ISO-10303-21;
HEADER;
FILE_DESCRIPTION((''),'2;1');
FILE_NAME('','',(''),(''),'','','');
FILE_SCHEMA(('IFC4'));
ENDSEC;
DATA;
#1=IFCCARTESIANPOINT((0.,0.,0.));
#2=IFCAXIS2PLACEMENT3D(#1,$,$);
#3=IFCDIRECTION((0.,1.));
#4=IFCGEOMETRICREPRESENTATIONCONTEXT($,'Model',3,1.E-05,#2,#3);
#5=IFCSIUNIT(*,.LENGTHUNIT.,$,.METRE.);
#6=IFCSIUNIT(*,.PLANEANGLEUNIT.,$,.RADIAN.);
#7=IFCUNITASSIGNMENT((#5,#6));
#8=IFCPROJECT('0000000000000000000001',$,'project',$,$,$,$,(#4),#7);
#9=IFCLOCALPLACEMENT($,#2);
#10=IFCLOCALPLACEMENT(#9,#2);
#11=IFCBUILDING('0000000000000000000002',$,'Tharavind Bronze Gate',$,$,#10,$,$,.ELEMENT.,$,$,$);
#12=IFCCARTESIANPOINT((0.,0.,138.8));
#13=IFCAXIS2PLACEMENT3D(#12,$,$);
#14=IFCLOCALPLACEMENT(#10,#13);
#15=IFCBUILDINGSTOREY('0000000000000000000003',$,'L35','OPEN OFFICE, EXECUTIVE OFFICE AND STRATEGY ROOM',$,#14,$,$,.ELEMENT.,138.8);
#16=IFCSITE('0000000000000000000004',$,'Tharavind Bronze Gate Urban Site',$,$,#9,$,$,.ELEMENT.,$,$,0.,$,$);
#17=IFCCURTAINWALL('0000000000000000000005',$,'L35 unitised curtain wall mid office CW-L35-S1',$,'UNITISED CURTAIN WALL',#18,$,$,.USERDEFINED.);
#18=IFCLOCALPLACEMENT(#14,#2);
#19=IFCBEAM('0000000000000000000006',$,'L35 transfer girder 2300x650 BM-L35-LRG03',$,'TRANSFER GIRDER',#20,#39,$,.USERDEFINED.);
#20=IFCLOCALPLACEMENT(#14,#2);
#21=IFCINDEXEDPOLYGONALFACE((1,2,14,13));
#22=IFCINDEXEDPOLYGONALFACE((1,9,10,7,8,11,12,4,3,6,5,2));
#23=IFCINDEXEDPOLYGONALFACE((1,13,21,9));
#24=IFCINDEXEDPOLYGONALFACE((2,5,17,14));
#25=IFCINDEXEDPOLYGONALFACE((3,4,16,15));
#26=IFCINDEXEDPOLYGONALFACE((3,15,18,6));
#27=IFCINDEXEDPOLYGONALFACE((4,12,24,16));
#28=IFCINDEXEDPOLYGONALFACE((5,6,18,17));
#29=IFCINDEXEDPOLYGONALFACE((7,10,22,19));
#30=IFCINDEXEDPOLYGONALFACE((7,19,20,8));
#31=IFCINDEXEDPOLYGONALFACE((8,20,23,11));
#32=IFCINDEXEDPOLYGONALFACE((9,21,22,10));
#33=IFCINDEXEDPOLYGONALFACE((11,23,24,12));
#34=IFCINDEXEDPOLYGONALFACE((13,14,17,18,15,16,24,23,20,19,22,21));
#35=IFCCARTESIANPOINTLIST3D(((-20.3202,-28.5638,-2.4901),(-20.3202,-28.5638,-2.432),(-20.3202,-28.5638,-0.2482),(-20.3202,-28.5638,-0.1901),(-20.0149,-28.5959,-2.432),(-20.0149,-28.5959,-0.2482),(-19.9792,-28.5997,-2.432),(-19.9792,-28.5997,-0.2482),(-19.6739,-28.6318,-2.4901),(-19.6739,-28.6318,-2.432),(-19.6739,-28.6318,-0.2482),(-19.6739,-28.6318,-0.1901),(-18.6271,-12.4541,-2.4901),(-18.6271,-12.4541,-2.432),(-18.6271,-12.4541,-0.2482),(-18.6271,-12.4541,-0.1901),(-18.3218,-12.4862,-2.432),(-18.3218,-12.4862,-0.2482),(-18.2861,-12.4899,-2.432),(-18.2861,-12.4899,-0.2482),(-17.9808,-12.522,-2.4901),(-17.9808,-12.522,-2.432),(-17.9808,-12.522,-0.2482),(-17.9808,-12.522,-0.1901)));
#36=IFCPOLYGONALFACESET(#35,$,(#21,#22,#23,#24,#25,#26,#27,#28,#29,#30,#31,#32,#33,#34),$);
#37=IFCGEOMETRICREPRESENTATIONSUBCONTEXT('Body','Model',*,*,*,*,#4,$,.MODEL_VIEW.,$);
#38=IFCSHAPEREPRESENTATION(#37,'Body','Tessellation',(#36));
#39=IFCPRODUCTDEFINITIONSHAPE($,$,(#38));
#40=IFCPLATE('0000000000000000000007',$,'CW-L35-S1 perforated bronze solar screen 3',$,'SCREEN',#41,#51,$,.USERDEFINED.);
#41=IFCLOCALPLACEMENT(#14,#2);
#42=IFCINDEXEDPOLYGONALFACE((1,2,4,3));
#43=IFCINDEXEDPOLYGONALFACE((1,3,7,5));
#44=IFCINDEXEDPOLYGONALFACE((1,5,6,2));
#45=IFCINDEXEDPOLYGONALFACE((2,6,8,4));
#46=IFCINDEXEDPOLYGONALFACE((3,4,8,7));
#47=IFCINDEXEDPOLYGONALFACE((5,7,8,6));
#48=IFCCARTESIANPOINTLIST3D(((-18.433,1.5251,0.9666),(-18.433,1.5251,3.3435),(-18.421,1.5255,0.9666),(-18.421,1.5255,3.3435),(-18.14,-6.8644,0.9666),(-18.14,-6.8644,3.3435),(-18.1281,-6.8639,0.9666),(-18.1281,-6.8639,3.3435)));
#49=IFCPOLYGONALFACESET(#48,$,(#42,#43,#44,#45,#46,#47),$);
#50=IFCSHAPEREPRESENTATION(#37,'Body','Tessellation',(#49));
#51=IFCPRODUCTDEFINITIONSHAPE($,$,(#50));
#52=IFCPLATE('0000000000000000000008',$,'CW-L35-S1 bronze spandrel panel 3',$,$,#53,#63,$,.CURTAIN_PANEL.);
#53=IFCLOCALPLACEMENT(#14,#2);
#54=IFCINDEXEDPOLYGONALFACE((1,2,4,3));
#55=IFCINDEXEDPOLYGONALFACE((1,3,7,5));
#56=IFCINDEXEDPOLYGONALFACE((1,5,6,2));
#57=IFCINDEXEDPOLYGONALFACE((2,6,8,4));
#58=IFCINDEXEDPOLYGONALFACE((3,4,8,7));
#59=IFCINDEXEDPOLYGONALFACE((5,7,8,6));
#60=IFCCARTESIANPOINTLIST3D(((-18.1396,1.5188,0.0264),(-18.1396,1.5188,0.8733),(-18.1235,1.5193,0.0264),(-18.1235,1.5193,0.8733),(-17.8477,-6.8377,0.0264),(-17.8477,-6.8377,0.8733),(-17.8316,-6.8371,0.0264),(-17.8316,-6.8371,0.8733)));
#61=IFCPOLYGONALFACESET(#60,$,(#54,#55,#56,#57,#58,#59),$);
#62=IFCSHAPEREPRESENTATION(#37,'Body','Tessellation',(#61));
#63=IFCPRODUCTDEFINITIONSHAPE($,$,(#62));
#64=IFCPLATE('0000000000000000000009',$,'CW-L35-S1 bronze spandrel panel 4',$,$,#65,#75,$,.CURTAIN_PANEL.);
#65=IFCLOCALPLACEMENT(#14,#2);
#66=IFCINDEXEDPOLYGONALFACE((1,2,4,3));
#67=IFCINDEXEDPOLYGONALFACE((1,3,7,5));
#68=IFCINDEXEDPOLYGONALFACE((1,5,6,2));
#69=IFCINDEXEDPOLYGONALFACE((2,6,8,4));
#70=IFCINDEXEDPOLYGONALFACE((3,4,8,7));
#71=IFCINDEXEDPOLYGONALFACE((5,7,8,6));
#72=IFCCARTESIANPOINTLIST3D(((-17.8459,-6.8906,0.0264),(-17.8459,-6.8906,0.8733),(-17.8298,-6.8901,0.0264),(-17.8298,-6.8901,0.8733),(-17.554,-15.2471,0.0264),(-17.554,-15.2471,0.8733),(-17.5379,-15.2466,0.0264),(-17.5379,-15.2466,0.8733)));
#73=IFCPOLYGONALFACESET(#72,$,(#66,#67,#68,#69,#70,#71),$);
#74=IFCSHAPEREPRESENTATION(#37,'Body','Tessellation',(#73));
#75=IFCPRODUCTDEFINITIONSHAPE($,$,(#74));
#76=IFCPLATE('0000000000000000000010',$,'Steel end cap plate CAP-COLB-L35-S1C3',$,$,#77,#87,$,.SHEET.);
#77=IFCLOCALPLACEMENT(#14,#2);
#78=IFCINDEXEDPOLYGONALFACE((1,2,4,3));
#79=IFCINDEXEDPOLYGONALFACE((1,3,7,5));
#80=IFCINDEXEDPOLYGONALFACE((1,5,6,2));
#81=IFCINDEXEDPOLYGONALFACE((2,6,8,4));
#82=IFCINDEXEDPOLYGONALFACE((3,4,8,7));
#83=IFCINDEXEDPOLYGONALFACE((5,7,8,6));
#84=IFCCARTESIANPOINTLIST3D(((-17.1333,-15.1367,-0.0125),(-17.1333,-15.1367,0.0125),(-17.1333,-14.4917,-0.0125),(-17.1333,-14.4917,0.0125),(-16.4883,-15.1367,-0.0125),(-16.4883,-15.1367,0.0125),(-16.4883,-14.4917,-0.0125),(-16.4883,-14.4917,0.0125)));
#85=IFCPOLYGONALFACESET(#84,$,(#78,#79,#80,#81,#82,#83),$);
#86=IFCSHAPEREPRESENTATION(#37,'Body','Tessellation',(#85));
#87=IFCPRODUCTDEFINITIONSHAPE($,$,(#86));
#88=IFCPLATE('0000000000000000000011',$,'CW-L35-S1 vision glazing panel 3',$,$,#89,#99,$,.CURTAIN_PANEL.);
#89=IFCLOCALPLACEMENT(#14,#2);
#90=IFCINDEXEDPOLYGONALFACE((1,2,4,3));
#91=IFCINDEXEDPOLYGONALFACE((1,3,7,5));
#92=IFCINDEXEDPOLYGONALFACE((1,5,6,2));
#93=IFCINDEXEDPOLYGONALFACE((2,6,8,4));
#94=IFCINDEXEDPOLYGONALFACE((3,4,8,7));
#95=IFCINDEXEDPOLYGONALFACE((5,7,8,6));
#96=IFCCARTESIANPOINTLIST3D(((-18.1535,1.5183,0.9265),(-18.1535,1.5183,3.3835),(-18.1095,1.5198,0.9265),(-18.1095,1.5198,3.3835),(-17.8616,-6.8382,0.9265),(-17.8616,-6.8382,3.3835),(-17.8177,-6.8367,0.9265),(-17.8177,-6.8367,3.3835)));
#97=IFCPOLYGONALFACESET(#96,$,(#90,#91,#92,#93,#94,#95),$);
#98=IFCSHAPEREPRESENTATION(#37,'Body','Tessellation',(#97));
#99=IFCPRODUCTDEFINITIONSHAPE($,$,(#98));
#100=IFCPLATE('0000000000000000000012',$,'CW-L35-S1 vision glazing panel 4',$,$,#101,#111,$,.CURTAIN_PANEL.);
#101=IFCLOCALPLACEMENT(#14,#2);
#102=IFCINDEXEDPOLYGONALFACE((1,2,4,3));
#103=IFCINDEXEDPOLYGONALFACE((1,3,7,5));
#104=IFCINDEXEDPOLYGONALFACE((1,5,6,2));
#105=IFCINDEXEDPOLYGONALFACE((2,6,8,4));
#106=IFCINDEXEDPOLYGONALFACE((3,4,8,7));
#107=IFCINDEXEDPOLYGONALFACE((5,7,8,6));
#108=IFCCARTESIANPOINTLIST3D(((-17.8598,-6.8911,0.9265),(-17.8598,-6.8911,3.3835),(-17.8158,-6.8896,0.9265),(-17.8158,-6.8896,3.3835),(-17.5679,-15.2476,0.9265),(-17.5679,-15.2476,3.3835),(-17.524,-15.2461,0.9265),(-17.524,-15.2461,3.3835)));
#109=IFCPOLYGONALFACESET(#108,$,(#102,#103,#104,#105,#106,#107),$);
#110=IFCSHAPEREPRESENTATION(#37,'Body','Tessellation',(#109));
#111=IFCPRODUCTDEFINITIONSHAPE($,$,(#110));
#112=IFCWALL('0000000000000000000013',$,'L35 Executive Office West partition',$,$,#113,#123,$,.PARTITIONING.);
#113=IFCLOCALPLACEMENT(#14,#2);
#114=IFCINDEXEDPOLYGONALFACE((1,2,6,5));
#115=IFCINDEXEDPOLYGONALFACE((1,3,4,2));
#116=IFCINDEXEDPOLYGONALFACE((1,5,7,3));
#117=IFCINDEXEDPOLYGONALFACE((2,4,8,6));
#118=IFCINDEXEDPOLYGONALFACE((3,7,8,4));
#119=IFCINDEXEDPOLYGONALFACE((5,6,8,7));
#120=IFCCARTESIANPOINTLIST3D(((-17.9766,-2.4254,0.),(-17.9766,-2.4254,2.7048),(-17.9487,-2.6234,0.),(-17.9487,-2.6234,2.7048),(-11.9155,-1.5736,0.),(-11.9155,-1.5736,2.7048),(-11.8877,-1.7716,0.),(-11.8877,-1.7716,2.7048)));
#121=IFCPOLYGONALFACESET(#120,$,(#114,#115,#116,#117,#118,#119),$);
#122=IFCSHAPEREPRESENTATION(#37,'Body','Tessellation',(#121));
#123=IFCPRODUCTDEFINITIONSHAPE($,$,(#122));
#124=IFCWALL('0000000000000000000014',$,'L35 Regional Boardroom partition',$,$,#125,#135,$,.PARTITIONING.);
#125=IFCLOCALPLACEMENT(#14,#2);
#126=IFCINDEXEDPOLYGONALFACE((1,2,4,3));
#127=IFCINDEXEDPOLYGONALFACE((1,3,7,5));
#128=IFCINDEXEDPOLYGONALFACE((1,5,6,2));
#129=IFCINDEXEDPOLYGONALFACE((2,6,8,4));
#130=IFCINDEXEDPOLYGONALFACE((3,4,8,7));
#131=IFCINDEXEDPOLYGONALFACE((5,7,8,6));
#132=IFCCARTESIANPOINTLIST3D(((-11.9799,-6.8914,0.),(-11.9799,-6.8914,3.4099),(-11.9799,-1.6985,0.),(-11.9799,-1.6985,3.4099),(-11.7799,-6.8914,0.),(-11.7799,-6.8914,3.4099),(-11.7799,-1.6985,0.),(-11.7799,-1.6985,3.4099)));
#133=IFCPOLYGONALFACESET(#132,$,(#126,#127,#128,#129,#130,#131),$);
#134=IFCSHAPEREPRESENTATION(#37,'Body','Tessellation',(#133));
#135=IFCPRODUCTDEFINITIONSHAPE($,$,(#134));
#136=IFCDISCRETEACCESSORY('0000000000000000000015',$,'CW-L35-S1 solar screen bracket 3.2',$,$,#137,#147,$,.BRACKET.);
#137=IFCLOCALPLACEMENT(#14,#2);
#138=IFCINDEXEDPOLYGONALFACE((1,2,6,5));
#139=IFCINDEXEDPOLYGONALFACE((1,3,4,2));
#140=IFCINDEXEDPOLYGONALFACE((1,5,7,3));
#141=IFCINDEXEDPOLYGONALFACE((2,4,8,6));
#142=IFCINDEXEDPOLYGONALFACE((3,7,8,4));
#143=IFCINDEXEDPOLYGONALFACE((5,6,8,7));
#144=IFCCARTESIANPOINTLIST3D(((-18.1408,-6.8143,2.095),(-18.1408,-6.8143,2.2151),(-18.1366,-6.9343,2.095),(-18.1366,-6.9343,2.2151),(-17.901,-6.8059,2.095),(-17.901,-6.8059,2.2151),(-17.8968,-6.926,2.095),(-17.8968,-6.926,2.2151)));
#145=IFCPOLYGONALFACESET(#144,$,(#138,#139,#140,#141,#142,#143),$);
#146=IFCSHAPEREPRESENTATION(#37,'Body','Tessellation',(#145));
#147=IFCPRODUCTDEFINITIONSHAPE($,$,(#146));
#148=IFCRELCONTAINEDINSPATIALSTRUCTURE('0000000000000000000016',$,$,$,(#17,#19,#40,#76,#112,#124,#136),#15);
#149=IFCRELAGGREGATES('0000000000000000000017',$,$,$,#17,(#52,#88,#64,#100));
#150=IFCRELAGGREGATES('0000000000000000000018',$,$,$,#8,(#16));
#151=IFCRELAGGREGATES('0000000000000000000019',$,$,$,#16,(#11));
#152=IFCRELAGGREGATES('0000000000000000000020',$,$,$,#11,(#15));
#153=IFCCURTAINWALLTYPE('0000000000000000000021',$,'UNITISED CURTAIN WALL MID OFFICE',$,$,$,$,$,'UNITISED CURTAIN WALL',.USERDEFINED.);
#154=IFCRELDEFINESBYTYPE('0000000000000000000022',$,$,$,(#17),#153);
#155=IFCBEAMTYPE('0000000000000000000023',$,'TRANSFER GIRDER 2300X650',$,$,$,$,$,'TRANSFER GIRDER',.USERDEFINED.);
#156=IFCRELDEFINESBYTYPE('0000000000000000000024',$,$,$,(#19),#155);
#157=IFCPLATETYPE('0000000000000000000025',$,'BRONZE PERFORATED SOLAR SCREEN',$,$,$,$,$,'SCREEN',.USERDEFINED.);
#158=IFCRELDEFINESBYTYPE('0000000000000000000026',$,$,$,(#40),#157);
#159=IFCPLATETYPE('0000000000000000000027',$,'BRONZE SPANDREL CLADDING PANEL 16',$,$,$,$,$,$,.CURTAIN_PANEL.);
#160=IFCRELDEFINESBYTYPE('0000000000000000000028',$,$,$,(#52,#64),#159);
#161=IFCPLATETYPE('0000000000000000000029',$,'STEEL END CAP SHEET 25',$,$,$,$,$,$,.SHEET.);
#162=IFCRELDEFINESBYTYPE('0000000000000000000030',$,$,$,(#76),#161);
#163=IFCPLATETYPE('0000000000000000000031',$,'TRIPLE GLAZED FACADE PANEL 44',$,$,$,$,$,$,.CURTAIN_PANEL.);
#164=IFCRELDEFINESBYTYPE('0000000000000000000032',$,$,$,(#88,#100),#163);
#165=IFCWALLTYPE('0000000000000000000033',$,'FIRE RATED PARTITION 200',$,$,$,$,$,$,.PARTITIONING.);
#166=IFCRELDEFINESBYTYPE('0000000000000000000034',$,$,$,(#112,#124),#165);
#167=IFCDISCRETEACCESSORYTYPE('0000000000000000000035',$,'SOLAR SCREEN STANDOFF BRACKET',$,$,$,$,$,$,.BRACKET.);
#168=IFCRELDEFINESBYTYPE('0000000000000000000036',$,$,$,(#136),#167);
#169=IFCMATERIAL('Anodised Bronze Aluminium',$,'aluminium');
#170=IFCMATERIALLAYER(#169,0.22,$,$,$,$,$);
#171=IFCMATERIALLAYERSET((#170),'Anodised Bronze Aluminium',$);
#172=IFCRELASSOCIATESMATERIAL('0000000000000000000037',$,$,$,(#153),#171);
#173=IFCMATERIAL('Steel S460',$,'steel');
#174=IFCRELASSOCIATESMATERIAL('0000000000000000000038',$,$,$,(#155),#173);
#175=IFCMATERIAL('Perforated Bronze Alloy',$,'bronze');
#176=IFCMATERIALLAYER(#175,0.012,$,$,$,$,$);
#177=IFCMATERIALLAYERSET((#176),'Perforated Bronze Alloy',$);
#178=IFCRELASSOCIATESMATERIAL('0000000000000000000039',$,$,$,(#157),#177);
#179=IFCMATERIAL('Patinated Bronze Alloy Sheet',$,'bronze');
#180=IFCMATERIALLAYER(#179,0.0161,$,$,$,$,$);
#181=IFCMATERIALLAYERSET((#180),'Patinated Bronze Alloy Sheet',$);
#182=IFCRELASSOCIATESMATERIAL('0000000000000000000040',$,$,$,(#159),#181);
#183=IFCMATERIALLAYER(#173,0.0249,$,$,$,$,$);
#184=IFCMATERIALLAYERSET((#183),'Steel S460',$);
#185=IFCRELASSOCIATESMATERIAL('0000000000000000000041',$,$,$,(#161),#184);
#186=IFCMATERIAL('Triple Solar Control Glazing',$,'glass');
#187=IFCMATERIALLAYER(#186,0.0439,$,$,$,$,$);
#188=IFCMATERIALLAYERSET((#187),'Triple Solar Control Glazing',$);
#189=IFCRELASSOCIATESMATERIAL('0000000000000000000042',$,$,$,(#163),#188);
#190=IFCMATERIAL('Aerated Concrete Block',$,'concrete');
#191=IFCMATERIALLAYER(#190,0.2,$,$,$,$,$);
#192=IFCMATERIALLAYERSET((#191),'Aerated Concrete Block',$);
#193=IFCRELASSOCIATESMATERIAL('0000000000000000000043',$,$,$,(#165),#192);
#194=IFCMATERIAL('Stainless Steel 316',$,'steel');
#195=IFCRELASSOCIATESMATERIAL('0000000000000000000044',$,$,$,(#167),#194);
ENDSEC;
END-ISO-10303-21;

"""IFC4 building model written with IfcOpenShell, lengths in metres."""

from ifc_helpers import new_model, si_unit, direction, frame, frame_2d, origin, origin_2d, place, context, subcontext, project, spatial, rectangle, i_section, extrude, material, layer, layer_set, material_profile, profile_set, type_object, element, aggregate, save


model = new_model("IFC4")

# Units and contexts
model_context = context("Model", 3, precision=1e-05, world=origin(), true_north=direction((0.0, 1.0)))
body_context = subcontext(model_context, "Body", "Model", "MODEL_VIEW")
ifc_project = project(units=[si_unit("LENGTHUNIT", "METRE"), si_unit("PLANEANGLEUNIT", "RADIAN")], contexts=[model_context])

# Site, building, storey
site_placement = place(None, origin())
site = spatial("IfcSite", under=ifc_project, at=site_placement, Name="Tharavind Bronze Gate Urban Site", CompositionType="ELEMENT", RefElevation=0.0)
building_placement = place(site_placement, origin())
building = spatial("IfcBuilding", under=site, at=building_placement, Name="Tharavind Bronze Gate", CompositionType="ELEMENT")
storey_placement = place(building_placement, frame((0.0, 0.0, 138.8)))
storey = spatial("IfcBuildingStorey", under=building, at=storey_placement, Name="L35", Description="OPEN OFFICE, EXECUTIVE OFFICE AND STRATEGY ROOM", CompositionType="ELEMENT", Elevation=138.8)

# Shared definitions
ifc_material_1 = material(Name="Steel S460", Category="steel")

# Curtain wall
ifc_material_2 = material(Name="Anodised Bronze Aluminium", Category="aluminium")
ifc_layer_1 = layer(ifc_material_2, 0.22)
ifc_layer_set_1 = layer_set([ifc_layer_1], Name="Anodised Bronze Aluminium")
curtain_wall_type = type_object("IfcCurtainWallType", Name="UNITISED CURTAIN WALL MID OFFICE", ElementType="UNITISED CURTAIN WALL", PredefinedType="USERDEFINED", material=ifc_layer_set_1)
curtain_wall_placement = place(storey_placement, origin())
curtain_wall = element("IfcCurtainWall", 1, at=curtain_wall_placement, inside=storey, type_object=curtain_wall_type, Name="L35 unitised curtain wall mid office CW-L35-S1", ObjectType="UNITISED CURTAIN WALL", PredefinedType="USERDEFINED")

# Beam
ifc_material_profile_1 = material_profile(ifc_material_1, i_section(OverallWidth=0.6499, OverallDepth=2.3, WebThickness=0.0359, FlangeThickness=0.0581, at=origin_2d()), Name="PG2300X650")
ifc_profile_set_1 = profile_set([ifc_material_profile_1], Name="Steel S460")
beam_type_1 = type_object("IfcBeamType", Name="TRANSFER GIRDER 2300X650", ElementType="TRANSFER GIRDER", PredefinedType="USERDEFINED", material=ifc_profile_set_1)
beam_1_placement = place(storey_placement, frame((-18.304, -12.488, -1.3401), z_axis=(-0.104522, -0.994523, 0.0), x_axis=(0.994523, -0.104522, 0.0)))
element("IfcBeam", 2, at=beam_1_placement, inside=storey, type_object=beam_type_1, Name="L35 transfer girder 2300x650 BM-L35-LRG03", ObjectType="TRANSFER GIRDER", PredefinedType="USERDEFINED", context=body_context, shape_type="SweptSolid", body=[
    extrude(i_section(OverallWidth=0.6499, OverallDepth=2.3, WebThickness=0.0359, FlangeThickness=0.0581, at=origin_2d()), origin(), (0.0, 0.0, 1.0), 16.1985),
])

# Plates
ifc_material_3 = material(Name="Perforated Bronze Alloy", Category="bronze")
ifc_layer_2 = layer(ifc_material_3, 0.012)
ifc_layer_set_2 = layer_set([ifc_layer_2], Name="Perforated Bronze Alloy")
plate_type_1 = type_object("IfcPlateType", Name="BRONZE PERFORATED SOLAR SCREEN", ElementType="SCREEN", PredefinedType="USERDEFINED", material=ifc_layer_set_2)
plate_1_placement = place(storey_placement, frame((-18.2805, -2.6694, 0.9666), z_axis=(0.0, 0.0, 1.0), x_axis=(0.034899, -0.999391, 0.0)))
element("IfcPlate", 3, at=plate_1_placement, inside=storey, type_object=plate_type_1, Name="CW-L35-S1 perforated bronze solar screen 3", ObjectType="SCREEN", PredefinedType="USERDEFINED", context=body_context, shape_type="SweptSolid", body=[
    extrude(rectangle(XDim=8.3945, YDim=0.012, at=origin_2d()), origin(), (0.0, 0.0, 1.0), 2.377),
])
ifc_material_4 = material(Name="Patinated Bronze Alloy Sheet", Category="bronze")
ifc_layer_3 = layer(ifc_material_4, 0.0161)
ifc_layer_set_3 = layer_set([ifc_layer_3], Name="Patinated Bronze Alloy Sheet")
plate_type_2 = type_object("IfcPlateType", Name="BRONZE SPANDREL CLADDING PANEL 16", PredefinedType="CURTAIN_PANEL", material=ifc_layer_set_3)
plate_2_placement = place(storey_placement, frame((-17.9856, -2.6592, 0.0264), z_axis=(0.0, 0.0, 1.0), x_axis=(0.034899, -0.999391, 0.0)))
plate_2 = element("IfcPlate", 4, at=plate_2_placement, type_object=plate_type_2, Name="CW-L35-S1 bronze spandrel panel 3", PredefinedType="CURTAIN_PANEL", context=body_context, shape_type="SweptSolid", body=[
    extrude(rectangle(XDim=8.3616, YDim=0.0161, at=origin_2d()), origin(), (0.0, 0.0, 1.0), 0.8469),
])
plate_3_placement = place(storey_placement, frame((-17.6919, -11.0686, 0.0264), z_axis=(0.0, 0.0, 1.0), x_axis=(0.034899, -0.999391, 0.0)))
plate_3 = element("IfcPlate", 5, at=plate_3_placement, type_object=plate_type_2, Name="CW-L35-S1 bronze spandrel panel 4", PredefinedType="CURTAIN_PANEL", context=body_context, shape_type="SweptSolid", body=[
    extrude(rectangle(XDim=8.3616, YDim=0.0161, at=origin_2d()), origin(), (0.0, 0.0, 1.0), 0.8469),
])
ifc_layer_4 = layer(ifc_material_1, 0.0249)
ifc_layer_set_4 = layer_set([ifc_layer_4], Name="Steel S460")
plate_type_3 = type_object("IfcPlateType", Name="STEEL END CAP SHEET 25", PredefinedType="SHEET", material=ifc_layer_set_4)
plate_4_placement = place(storey_placement, frame((-16.8108, -14.8142, -0.0125), z_axis=(0.0, 0.0, 1.0), x_axis=(1.0, 0.0, 0.0)))
element("IfcPlate", 6, at=plate_4_placement, inside=storey, type_object=plate_type_3, Name="Steel end cap plate CAP-COLB-L35-S1C3", PredefinedType="SHEET", context=body_context, shape_type="SweptSolid", body=[
    extrude(rectangle(XDim=0.645, YDim=0.645, at=origin_2d()), origin(), (0.0, 0.0, 1.0), 0.0249),
])
ifc_material_5 = material(Name="Triple Solar Control Glazing", Category="glass")
ifc_layer_5 = layer(ifc_material_5, 0.0439)
ifc_layer_set_5 = layer_set([ifc_layer_5], Name="Triple Solar Control Glazing")
plate_type_4 = type_object("IfcPlateType", Name="TRIPLE GLAZED FACADE PANEL 44", PredefinedType="CURTAIN_PANEL", material=ifc_layer_set_5)
plate_5_placement = place(storey_placement, frame((-17.9856, -2.6592, 0.9265), z_axis=(0.0, 0.0, 1.0), x_axis=(0.034899, -0.999391, 0.0)))
plate_5 = element("IfcPlate", 7, at=plate_5_placement, type_object=plate_type_4, Name="CW-L35-S1 vision glazing panel 3", PredefinedType="CURTAIN_PANEL", context=body_context, shape_type="SweptSolid", body=[
    extrude(rectangle(XDim=8.3616, YDim=0.0439, at=origin_2d()), origin(), (0.0, 0.0, 1.0), 2.457),
])
plate_6_placement = place(storey_placement, frame((-17.6919, -11.0686, 0.9265), z_axis=(0.0, 0.0, 1.0), x_axis=(0.034899, -0.999391, 0.0)))
plate_6 = element("IfcPlate", 8, at=plate_6_placement, type_object=plate_type_4, Name="CW-L35-S1 vision glazing panel 4", PredefinedType="CURTAIN_PANEL", context=body_context, shape_type="SweptSolid", body=[
    extrude(rectangle(XDim=8.3616, YDim=0.0439, at=origin_2d()), origin(), (0.0, 0.0, 1.0), 2.457),
])
aggregate(curtain_wall, [plate_2, plate_5, plate_3, plate_6])

# Walls
ifc_material_6 = material(Name="Aerated Concrete Block", Category="concrete")
ifc_layer_6 = layer(ifc_material_6, 0.2)
ifc_layer_set_6 = layer_set([ifc_layer_6], Name="Aerated Concrete Block")
wall_type = type_object("IfcWallType", Name="FIRE RATED PARTITION 200", PredefinedType="PARTITIONING", material=ifc_layer_set_6)
wall_1_placement = place(storey_placement, frame((-11.9016, -1.6726, 0.0), z_axis=(0.0, 0.0, 1.0), x_axis=(-0.990268, -0.13917, 0.0)))
element("IfcWall", 9, at=wall_1_placement, inside=storey, type_object=wall_type, Name="L35 Executive Office West partition", PredefinedType="PARTITIONING", context=body_context, shape_type="SweptSolid", body=[
    extrude(rectangle(XDim=6.1206, YDim=0.2, at=frame_2d((3.0603, 0.0))), origin(), (0.0, 0.0, 1.0), 2.7048),
])
wall_2_placement = place(storey_placement, frame((-11.8799, -1.6985, 0.0), z_axis=(0.0, 0.0, 1.0), x_axis=(0.0, -1.0, 0.0)))
element("IfcWall", 10, at=wall_2_placement, inside=storey, type_object=wall_type, Name="L35 Regional Boardroom partition", PredefinedType="PARTITIONING", context=body_context, shape_type="SweptSolid", body=[
    extrude(rectangle(XDim=5.1929, YDim=0.2, at=frame_2d((2.5964, 0.0))), origin(), (0.0, 0.0, 1.0), 3.4099),
])

# Discrete accessory
ifc_material_7 = material(Name="Stainless Steel 316", Category="steel")
discrete_accessory_type = type_object("IfcDiscreteAccessoryType", Name="SOLAR SCREEN STANDOFF BRACKET", PredefinedType="BRACKET", material=ifc_material_7)
discrete_accessory_placement = place(storey_placement, frame((-18.0188, -6.8701, 2.095), z_axis=(0.0, 0.0, 1.0), x_axis=(0.034899, -0.999391, 0.0)))
element("IfcDiscreteAccessory", 11, at=discrete_accessory_placement, inside=storey, type_object=discrete_accessory_type, Name="CW-L35-S1 solar screen bracket 3.2", PredefinedType="BRACKET", context=body_context, shape_type="SweptSolid", body=[
    extrude(rectangle(XDim=0.1201, YDim=0.24, at=origin_2d()), origin(), (0.0, 0.0, 1.0), 0.1201),
])

save(model, "model.ifc")
